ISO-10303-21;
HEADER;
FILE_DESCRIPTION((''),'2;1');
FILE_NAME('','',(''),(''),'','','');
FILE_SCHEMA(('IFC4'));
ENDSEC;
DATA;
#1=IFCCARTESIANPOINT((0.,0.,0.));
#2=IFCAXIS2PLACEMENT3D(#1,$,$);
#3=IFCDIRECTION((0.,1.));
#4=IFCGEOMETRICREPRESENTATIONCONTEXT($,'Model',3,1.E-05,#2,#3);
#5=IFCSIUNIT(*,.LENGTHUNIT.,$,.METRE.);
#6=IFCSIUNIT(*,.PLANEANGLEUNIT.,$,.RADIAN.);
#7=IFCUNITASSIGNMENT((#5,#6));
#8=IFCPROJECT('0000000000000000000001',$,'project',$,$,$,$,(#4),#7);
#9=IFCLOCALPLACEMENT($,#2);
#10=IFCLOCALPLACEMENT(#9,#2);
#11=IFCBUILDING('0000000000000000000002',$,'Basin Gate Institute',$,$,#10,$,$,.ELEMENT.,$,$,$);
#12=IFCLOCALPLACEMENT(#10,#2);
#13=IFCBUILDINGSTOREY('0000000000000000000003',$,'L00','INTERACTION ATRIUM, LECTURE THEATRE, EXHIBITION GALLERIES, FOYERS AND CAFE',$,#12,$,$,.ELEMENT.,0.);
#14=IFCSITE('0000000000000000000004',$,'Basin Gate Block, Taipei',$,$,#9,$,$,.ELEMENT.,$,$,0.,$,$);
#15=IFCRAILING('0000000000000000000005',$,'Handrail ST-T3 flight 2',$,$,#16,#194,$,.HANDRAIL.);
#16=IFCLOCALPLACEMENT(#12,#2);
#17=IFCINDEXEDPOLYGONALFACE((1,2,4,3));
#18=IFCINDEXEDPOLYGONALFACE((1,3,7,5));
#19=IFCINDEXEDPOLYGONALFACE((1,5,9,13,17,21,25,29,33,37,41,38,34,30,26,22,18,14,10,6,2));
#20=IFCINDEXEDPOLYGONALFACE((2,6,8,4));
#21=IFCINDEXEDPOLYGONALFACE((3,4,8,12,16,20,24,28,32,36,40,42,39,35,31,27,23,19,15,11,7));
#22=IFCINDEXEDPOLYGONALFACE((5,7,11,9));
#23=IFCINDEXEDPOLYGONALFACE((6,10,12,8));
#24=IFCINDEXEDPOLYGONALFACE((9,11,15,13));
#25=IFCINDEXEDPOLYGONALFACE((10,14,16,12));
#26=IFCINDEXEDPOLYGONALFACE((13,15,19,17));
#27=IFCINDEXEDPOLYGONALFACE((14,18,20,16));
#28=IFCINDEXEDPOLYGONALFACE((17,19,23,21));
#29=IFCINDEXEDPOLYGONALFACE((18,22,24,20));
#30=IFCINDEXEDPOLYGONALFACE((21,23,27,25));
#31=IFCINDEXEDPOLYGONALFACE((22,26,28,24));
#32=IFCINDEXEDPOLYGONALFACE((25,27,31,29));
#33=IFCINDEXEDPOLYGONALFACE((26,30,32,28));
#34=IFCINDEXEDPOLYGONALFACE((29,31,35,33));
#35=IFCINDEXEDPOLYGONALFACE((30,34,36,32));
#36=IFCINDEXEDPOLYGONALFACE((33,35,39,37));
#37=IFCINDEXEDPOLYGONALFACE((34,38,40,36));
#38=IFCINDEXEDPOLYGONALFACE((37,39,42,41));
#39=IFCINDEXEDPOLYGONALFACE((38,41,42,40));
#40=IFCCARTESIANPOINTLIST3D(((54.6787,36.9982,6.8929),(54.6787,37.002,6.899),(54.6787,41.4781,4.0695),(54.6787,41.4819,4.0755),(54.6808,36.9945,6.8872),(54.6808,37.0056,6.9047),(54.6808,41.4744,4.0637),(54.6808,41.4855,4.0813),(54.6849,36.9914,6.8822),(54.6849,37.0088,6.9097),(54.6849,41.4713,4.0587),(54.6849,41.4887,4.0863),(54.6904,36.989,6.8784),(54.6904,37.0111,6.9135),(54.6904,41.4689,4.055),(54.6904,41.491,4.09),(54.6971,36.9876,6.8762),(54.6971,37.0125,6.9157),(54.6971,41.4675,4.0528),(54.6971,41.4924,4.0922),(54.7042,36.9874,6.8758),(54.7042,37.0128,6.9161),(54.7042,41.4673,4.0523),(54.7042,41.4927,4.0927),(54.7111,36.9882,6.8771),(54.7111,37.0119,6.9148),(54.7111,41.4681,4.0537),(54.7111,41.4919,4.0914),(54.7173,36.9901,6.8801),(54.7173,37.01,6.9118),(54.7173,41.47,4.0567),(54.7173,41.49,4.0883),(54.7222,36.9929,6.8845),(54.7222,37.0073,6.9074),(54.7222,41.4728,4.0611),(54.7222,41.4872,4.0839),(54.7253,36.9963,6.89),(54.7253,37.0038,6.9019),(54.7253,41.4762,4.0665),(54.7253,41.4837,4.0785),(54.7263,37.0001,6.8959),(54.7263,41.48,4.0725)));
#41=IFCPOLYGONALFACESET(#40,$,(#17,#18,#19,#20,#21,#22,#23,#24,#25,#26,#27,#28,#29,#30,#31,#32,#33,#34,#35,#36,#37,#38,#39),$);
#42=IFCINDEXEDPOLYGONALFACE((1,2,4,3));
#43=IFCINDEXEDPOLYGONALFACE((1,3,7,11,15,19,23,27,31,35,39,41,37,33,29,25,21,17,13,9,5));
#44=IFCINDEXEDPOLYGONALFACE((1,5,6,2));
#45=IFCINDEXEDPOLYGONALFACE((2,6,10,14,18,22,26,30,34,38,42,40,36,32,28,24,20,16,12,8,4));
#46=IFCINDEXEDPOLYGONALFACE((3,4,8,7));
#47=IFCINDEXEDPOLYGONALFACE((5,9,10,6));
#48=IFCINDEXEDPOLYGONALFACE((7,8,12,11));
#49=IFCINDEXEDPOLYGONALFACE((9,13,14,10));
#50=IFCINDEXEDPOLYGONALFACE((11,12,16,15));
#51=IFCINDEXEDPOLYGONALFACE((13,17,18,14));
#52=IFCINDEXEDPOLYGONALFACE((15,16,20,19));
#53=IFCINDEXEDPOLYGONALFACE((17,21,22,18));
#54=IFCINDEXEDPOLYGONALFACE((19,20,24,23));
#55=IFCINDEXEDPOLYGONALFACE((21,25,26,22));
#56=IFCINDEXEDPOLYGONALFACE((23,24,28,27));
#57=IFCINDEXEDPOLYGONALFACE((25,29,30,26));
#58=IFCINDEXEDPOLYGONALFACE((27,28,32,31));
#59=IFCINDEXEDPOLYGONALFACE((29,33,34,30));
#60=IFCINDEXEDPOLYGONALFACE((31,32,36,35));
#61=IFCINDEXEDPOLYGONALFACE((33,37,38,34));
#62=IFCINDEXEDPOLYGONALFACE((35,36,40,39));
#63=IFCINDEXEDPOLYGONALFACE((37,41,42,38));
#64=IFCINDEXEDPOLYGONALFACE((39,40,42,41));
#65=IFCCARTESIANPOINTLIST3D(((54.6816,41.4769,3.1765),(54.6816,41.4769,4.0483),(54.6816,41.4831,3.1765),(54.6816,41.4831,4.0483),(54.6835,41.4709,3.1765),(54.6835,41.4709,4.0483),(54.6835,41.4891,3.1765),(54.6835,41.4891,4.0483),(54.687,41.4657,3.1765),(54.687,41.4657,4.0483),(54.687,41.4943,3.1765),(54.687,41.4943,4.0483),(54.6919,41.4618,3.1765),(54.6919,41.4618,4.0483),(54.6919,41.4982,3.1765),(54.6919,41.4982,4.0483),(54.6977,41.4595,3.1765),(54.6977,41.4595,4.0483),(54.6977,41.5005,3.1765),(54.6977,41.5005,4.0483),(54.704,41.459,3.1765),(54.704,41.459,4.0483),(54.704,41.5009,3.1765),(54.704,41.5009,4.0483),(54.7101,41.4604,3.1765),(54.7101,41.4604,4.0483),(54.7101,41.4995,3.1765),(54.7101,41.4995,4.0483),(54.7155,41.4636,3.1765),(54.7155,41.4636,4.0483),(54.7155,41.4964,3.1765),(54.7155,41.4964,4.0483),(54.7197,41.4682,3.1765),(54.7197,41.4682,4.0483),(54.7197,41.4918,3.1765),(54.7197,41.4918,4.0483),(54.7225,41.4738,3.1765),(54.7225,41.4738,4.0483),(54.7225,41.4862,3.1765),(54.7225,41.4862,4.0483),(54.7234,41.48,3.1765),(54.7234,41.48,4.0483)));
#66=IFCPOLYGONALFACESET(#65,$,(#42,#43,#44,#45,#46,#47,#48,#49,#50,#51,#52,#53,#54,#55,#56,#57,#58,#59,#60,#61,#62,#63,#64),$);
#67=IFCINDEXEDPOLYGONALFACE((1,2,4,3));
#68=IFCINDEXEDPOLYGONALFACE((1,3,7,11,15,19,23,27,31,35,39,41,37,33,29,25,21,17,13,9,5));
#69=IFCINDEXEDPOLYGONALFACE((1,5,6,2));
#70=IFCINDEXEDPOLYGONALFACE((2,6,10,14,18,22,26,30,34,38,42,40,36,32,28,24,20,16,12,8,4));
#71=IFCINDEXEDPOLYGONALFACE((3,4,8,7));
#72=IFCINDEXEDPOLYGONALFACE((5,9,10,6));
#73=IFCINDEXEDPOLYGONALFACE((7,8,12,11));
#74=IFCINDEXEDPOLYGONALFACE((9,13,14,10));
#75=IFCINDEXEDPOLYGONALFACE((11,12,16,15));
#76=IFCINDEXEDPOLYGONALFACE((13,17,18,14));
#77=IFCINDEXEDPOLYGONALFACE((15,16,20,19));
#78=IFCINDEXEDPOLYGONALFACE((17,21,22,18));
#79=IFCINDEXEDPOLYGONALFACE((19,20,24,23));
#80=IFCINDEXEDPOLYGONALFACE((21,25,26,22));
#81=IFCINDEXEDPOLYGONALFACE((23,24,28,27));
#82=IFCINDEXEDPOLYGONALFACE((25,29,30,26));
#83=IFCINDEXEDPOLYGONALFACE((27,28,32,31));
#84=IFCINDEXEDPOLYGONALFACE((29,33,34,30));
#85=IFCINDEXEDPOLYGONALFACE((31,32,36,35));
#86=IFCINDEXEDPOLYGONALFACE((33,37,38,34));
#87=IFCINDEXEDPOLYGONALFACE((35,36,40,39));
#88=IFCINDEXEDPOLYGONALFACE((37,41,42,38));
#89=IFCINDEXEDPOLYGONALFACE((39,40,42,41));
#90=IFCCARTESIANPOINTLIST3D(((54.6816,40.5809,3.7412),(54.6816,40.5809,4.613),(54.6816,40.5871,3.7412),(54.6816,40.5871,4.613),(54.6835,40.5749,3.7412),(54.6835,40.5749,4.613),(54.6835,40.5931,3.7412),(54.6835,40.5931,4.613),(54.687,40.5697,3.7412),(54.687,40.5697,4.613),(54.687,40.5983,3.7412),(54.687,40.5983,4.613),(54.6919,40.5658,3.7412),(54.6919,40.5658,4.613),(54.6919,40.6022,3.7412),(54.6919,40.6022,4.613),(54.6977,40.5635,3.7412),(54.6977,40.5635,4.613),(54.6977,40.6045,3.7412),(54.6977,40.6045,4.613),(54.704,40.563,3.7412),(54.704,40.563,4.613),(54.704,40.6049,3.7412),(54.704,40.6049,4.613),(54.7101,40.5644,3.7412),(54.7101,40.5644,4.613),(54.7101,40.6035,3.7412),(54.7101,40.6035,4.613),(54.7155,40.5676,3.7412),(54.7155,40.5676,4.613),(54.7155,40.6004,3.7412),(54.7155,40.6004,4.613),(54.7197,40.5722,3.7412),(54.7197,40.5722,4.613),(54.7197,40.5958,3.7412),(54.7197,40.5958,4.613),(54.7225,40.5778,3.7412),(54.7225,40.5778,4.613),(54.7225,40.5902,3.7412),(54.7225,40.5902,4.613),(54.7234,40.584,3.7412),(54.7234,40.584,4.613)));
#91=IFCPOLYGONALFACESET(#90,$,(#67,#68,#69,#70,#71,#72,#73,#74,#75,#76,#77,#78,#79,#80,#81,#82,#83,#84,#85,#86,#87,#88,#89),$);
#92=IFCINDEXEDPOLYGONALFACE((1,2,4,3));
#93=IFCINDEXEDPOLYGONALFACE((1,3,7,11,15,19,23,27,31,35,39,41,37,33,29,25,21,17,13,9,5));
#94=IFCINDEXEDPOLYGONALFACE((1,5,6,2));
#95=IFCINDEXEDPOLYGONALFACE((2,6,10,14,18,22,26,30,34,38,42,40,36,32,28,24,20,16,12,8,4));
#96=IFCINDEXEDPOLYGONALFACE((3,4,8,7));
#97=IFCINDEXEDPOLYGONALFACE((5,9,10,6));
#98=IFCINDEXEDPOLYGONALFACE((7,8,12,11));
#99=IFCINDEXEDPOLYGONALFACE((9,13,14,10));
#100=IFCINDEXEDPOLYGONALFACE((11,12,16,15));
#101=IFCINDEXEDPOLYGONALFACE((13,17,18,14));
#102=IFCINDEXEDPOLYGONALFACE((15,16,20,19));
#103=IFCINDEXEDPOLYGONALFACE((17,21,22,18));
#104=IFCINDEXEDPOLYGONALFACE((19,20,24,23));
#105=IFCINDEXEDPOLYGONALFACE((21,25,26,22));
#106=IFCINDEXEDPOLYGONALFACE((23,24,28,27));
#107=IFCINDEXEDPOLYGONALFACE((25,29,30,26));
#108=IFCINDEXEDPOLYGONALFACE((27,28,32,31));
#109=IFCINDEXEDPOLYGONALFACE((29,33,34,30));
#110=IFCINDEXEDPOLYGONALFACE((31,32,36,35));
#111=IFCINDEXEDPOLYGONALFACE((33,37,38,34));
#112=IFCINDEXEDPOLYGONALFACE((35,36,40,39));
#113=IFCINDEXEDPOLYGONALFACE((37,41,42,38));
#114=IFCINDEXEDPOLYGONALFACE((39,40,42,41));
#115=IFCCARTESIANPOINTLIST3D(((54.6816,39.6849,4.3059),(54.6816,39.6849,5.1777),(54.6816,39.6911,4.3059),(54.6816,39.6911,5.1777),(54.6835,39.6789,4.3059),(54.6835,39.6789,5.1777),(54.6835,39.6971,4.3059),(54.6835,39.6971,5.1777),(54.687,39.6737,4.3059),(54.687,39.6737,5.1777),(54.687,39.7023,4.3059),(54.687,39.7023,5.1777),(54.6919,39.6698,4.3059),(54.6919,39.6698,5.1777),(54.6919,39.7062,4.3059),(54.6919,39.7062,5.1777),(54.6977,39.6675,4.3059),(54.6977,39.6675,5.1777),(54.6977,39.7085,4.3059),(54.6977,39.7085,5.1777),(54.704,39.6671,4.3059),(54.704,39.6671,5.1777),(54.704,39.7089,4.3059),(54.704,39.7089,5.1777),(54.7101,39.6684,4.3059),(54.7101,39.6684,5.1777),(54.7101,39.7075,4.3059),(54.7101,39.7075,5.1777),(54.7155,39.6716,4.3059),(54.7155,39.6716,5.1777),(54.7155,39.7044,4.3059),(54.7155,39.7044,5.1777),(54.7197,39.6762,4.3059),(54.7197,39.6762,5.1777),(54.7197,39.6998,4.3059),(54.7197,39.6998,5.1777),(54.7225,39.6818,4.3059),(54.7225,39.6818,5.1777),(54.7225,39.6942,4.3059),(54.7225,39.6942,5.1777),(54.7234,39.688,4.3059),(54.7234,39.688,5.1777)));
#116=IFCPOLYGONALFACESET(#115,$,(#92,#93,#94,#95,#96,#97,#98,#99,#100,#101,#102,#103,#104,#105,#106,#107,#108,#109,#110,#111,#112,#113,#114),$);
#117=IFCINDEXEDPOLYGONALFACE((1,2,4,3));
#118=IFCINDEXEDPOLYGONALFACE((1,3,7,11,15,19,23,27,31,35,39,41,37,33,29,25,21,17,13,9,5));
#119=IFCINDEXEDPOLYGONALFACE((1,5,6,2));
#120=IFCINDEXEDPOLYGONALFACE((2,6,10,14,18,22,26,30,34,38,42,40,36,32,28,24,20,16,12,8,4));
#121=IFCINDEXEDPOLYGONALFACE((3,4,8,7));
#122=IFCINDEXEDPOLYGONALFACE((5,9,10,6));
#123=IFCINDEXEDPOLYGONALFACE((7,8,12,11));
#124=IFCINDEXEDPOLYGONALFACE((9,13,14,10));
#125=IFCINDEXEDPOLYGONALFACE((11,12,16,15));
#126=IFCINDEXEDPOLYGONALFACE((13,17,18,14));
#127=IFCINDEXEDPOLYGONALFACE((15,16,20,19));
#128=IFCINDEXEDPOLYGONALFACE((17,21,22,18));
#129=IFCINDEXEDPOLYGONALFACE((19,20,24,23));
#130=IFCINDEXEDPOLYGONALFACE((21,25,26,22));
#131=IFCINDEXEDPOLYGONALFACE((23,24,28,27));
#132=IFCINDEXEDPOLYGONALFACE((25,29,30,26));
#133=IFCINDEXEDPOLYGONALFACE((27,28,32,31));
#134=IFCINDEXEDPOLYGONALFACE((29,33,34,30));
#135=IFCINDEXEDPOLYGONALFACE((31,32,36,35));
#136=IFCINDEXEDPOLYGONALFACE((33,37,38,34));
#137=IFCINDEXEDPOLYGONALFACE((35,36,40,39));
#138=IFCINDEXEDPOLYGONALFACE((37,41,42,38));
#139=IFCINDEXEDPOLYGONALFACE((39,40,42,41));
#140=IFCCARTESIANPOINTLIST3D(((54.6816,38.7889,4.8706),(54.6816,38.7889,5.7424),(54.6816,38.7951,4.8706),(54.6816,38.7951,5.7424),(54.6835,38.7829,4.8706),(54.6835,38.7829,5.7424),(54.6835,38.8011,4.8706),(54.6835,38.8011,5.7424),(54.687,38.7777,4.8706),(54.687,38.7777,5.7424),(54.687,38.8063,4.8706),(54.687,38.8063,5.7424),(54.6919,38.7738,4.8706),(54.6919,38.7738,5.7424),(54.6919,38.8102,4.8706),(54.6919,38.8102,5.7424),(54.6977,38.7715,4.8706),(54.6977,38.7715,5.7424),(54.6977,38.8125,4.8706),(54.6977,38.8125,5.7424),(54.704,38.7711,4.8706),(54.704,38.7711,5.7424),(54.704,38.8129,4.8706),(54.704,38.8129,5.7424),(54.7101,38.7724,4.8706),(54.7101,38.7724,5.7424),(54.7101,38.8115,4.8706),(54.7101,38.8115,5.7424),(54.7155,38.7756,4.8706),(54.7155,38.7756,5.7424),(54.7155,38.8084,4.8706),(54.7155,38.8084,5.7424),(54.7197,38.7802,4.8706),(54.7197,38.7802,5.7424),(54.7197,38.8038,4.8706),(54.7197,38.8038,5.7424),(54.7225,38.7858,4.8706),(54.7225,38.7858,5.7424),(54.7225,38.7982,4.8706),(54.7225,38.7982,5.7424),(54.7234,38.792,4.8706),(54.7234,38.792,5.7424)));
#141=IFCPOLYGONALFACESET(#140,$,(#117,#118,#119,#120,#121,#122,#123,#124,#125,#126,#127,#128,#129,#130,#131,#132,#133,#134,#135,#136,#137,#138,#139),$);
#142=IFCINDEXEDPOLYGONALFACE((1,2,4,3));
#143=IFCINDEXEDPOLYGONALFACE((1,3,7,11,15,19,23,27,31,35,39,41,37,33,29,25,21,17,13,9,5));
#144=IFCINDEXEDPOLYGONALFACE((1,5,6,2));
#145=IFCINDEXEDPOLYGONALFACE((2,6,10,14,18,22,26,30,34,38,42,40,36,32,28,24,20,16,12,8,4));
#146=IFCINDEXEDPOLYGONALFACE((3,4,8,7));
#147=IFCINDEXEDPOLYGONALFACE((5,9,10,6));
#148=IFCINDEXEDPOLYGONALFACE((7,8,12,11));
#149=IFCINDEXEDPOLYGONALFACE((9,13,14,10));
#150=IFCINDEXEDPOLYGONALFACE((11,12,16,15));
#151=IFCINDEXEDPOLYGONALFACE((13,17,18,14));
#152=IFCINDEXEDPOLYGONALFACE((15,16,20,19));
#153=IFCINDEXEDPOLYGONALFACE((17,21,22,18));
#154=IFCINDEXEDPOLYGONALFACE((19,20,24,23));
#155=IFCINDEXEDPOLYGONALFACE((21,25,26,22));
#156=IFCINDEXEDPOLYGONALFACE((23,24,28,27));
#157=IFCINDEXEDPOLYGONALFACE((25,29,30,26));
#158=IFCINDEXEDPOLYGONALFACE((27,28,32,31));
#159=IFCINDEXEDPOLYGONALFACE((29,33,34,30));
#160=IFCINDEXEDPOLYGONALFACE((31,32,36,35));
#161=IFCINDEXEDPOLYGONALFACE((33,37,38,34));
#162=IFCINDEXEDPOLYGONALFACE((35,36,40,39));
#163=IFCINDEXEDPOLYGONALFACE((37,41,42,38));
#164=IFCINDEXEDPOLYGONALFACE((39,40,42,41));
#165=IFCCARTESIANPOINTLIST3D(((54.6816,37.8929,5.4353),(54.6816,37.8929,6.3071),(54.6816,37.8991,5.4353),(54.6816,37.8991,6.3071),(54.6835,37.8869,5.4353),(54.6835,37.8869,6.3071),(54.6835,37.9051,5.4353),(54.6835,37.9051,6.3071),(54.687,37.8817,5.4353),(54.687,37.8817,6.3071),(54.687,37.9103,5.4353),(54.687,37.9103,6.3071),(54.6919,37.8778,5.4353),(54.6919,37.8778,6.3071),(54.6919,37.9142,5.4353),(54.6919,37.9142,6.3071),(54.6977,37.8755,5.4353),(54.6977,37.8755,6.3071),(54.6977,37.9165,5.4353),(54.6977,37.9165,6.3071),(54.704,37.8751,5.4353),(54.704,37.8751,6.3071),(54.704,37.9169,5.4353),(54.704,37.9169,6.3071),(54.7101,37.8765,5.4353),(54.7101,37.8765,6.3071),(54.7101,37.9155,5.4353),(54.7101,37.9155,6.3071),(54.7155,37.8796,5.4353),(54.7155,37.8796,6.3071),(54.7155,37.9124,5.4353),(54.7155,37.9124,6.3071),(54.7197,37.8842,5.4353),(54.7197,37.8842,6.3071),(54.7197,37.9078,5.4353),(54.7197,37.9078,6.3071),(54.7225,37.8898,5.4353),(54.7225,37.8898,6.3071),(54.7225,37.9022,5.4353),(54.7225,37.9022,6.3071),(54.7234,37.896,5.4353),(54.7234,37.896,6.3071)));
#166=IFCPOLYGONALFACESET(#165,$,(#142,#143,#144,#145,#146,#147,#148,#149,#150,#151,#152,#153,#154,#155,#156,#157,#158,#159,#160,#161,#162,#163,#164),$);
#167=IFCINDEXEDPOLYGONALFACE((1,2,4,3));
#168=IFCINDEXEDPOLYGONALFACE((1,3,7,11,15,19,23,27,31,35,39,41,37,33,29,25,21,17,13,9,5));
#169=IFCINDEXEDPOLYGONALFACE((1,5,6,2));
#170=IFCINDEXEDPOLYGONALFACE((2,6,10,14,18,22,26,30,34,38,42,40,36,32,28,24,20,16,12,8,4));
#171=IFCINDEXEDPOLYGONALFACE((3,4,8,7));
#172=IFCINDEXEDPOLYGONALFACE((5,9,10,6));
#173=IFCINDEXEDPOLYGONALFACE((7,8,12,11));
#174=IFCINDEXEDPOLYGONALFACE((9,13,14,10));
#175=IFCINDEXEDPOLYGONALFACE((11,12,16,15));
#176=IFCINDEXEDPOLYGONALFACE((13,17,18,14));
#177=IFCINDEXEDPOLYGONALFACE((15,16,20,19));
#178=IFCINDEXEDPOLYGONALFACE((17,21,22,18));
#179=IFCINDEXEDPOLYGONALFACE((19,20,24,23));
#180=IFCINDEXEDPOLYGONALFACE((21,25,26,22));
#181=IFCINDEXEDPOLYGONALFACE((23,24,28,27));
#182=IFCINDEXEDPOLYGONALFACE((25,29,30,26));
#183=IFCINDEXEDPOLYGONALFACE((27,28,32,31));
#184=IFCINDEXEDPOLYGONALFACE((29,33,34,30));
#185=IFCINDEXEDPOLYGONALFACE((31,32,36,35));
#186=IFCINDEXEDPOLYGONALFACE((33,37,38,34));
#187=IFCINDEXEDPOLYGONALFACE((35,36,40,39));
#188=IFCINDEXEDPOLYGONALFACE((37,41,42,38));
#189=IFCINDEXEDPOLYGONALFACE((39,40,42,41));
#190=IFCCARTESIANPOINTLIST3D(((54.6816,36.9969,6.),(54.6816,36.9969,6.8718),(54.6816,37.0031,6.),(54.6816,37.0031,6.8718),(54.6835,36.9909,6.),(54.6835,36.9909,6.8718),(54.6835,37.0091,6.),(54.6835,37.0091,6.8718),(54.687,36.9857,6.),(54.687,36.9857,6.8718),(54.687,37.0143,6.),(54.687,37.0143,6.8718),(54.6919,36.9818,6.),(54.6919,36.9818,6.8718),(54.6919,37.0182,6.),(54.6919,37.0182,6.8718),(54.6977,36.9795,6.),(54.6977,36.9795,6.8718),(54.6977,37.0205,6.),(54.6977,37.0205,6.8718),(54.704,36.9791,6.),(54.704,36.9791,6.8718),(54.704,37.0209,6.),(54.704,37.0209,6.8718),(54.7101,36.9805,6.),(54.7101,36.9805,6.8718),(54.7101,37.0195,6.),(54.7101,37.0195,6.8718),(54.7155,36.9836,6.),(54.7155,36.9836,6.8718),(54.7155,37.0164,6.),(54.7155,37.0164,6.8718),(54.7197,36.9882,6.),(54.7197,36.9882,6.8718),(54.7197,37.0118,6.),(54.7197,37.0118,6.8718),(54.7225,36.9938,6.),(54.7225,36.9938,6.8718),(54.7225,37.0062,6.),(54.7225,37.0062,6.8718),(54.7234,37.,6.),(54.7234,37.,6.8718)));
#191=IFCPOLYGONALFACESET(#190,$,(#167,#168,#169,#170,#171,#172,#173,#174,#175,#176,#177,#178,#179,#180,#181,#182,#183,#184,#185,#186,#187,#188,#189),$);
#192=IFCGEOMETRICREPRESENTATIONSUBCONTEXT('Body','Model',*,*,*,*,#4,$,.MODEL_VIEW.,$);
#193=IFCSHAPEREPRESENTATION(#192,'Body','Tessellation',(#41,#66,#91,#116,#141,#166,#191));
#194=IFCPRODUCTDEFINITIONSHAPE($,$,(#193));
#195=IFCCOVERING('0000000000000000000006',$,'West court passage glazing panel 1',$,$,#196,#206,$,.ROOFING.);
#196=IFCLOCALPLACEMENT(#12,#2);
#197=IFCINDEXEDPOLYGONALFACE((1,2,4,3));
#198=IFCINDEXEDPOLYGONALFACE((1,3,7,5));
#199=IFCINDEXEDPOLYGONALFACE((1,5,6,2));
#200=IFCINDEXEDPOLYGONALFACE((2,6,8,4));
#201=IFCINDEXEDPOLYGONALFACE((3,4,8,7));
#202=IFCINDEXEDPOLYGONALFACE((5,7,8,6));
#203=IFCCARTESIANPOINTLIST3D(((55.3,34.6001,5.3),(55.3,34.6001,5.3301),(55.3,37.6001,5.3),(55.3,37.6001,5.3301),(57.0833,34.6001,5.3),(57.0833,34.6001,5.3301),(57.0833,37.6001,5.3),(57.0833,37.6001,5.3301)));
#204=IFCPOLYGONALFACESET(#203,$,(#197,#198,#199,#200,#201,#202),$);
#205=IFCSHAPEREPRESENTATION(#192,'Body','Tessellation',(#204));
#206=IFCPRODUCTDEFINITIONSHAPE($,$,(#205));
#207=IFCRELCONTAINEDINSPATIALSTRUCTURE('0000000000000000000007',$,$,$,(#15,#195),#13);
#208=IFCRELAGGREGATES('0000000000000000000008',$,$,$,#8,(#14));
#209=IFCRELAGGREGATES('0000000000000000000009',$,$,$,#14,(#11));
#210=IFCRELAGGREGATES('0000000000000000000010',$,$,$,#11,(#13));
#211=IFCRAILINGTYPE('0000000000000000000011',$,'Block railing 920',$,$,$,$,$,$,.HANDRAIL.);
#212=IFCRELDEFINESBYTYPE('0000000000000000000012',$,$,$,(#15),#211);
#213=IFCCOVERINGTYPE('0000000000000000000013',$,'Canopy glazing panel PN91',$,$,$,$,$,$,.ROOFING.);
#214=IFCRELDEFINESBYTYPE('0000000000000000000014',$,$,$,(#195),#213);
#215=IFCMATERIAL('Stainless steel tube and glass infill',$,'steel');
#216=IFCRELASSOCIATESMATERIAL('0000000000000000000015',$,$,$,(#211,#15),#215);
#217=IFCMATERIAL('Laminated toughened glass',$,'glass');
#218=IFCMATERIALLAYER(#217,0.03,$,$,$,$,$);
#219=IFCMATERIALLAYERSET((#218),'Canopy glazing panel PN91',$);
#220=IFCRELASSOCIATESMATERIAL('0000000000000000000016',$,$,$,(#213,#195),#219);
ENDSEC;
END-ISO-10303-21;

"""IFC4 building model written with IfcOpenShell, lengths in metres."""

from ifc_helpers import new_model, si_unit, direction, frame, origin, origin_2d, place, context, subcontext, project, spatial, polyline, circle, outline, extrude, material, layer, layer_set, type_object, element, save


model = new_model("IFC4")

# Units and contexts
model_context = context("Model", 3, precision=1e-05, world=origin(), true_north=direction((0.0, 1.0)))
body_context = subcontext(model_context, "Body", "Model", "MODEL_VIEW")
ifc_project = project(units=[si_unit("LENGTHUNIT", "METRE"), si_unit("PLANEANGLEUNIT", "RADIAN")], contexts=[model_context])

# Site, building, storey
site_placement = place(None, origin())
site = spatial("IfcSite", under=ifc_project, at=site_placement, Name="Basin Gate Block, Taipei", CompositionType="ELEMENT", RefElevation=0.0)
building_placement = place(site_placement, origin())
building = spatial("IfcBuilding", under=site, at=building_placement, Name="Basin Gate Institute", CompositionType="ELEMENT")
storey_placement = place(building_placement, origin())
storey = spatial("IfcBuildingStorey", under=building, at=storey_placement, Name="L00", Description="INTERACTION ATRIUM, LECTURE THEATRE, EXHIBITION GALLERIES, FOYERS AND CAFE", CompositionType="ELEMENT", Elevation=0.0)

# Railing
ifc_material_1 = material(Name="Stainless steel tube and glass infill", Category="steel")
railing_type_1 = type_object("IfcRailingType", Name="Block railing 920", PredefinedType="HANDRAIL", material=ifc_material_1)
railing_1_placement = place(storey_placement, frame((54.7024, 41.48, 3.1765)))
element("IfcRailing", 1, at=railing_1_placement, inside=storey, type_object=railing_type_1, material=ifc_material_1, Name="Handrail ST-T3 flight 2", PredefinedType="HANDRAIL", context=body_context, shape_type="SweptSolid", body=[
    extrude(circle(Radius=0.0239, at=origin_2d()), frame((0.0, 0.0, 0.896), z_axis=(0.0, -0.845998, 0.533186), x_axis=(1.0, 0.0, 0.0)), (0.0, 0.0, 1.0), 5.2954),
    extrude(circle(Radius=0.021, at=origin_2d()), origin(), (0.0, 0.0, 1.0), 0.8718),
    extrude(circle(Radius=0.021, at=origin_2d()), frame((0.0, -0.896, 0.5647)), (0.0, 0.0, 1.0), 0.8718),
    extrude(circle(Radius=0.021, at=origin_2d()), frame((0.0, -1.792, 1.1294)), (0.0, 0.0, 1.0), 0.8718),
    extrude(circle(Radius=0.021, at=origin_2d()), frame((0.0, -2.688, 1.6941)), (0.0, 0.0, 1.0), 0.8718),
    extrude(circle(Radius=0.021, at=origin_2d()), frame((0.0, -3.584, 2.2588)), (0.0, 0.0, 1.0), 0.8718),
    extrude(circle(Radius=0.021, at=origin_2d()), frame((0.0, -4.48, 2.8235)), (0.0, 0.0, 1.0), 0.8718),
])

# Covering
ifc_material_2 = material(Name="Laminated toughened glass", Category="glass")
ifc_layer_1 = layer(ifc_material_2, 0.03)
ifc_layer_set_1 = layer_set([ifc_layer_1], Name="Canopy glazing panel PN91")
covering_type = type_object("IfcCoveringType", Name="Canopy glazing panel PN91", PredefinedType="ROOFING", material=ifc_layer_set_1)
covering_1_placement = place(storey_placement, frame((55.3, 34.6001, 5.3301), z_axis=(0.0, 0.0, 1.0), x_axis=(1.0, 0.0, 0.0)))
element("IfcCovering", 2, at=covering_1_placement, inside=storey, type_object=covering_type, material=ifc_layer_set_1, Name="West court passage glazing panel 1", PredefinedType="ROOFING", context=body_context, shape_type="SweptSolid", body=[
    extrude(outline(polyline([(0.0, 0.0), (1.7832, 0.0), (1.7832, 3.0), (0.0, 3.0), (0.0, 0.0)])), origin(), (0.0, 0.0, -1.0), 0.03),
])

save(model, "model.ifc")
